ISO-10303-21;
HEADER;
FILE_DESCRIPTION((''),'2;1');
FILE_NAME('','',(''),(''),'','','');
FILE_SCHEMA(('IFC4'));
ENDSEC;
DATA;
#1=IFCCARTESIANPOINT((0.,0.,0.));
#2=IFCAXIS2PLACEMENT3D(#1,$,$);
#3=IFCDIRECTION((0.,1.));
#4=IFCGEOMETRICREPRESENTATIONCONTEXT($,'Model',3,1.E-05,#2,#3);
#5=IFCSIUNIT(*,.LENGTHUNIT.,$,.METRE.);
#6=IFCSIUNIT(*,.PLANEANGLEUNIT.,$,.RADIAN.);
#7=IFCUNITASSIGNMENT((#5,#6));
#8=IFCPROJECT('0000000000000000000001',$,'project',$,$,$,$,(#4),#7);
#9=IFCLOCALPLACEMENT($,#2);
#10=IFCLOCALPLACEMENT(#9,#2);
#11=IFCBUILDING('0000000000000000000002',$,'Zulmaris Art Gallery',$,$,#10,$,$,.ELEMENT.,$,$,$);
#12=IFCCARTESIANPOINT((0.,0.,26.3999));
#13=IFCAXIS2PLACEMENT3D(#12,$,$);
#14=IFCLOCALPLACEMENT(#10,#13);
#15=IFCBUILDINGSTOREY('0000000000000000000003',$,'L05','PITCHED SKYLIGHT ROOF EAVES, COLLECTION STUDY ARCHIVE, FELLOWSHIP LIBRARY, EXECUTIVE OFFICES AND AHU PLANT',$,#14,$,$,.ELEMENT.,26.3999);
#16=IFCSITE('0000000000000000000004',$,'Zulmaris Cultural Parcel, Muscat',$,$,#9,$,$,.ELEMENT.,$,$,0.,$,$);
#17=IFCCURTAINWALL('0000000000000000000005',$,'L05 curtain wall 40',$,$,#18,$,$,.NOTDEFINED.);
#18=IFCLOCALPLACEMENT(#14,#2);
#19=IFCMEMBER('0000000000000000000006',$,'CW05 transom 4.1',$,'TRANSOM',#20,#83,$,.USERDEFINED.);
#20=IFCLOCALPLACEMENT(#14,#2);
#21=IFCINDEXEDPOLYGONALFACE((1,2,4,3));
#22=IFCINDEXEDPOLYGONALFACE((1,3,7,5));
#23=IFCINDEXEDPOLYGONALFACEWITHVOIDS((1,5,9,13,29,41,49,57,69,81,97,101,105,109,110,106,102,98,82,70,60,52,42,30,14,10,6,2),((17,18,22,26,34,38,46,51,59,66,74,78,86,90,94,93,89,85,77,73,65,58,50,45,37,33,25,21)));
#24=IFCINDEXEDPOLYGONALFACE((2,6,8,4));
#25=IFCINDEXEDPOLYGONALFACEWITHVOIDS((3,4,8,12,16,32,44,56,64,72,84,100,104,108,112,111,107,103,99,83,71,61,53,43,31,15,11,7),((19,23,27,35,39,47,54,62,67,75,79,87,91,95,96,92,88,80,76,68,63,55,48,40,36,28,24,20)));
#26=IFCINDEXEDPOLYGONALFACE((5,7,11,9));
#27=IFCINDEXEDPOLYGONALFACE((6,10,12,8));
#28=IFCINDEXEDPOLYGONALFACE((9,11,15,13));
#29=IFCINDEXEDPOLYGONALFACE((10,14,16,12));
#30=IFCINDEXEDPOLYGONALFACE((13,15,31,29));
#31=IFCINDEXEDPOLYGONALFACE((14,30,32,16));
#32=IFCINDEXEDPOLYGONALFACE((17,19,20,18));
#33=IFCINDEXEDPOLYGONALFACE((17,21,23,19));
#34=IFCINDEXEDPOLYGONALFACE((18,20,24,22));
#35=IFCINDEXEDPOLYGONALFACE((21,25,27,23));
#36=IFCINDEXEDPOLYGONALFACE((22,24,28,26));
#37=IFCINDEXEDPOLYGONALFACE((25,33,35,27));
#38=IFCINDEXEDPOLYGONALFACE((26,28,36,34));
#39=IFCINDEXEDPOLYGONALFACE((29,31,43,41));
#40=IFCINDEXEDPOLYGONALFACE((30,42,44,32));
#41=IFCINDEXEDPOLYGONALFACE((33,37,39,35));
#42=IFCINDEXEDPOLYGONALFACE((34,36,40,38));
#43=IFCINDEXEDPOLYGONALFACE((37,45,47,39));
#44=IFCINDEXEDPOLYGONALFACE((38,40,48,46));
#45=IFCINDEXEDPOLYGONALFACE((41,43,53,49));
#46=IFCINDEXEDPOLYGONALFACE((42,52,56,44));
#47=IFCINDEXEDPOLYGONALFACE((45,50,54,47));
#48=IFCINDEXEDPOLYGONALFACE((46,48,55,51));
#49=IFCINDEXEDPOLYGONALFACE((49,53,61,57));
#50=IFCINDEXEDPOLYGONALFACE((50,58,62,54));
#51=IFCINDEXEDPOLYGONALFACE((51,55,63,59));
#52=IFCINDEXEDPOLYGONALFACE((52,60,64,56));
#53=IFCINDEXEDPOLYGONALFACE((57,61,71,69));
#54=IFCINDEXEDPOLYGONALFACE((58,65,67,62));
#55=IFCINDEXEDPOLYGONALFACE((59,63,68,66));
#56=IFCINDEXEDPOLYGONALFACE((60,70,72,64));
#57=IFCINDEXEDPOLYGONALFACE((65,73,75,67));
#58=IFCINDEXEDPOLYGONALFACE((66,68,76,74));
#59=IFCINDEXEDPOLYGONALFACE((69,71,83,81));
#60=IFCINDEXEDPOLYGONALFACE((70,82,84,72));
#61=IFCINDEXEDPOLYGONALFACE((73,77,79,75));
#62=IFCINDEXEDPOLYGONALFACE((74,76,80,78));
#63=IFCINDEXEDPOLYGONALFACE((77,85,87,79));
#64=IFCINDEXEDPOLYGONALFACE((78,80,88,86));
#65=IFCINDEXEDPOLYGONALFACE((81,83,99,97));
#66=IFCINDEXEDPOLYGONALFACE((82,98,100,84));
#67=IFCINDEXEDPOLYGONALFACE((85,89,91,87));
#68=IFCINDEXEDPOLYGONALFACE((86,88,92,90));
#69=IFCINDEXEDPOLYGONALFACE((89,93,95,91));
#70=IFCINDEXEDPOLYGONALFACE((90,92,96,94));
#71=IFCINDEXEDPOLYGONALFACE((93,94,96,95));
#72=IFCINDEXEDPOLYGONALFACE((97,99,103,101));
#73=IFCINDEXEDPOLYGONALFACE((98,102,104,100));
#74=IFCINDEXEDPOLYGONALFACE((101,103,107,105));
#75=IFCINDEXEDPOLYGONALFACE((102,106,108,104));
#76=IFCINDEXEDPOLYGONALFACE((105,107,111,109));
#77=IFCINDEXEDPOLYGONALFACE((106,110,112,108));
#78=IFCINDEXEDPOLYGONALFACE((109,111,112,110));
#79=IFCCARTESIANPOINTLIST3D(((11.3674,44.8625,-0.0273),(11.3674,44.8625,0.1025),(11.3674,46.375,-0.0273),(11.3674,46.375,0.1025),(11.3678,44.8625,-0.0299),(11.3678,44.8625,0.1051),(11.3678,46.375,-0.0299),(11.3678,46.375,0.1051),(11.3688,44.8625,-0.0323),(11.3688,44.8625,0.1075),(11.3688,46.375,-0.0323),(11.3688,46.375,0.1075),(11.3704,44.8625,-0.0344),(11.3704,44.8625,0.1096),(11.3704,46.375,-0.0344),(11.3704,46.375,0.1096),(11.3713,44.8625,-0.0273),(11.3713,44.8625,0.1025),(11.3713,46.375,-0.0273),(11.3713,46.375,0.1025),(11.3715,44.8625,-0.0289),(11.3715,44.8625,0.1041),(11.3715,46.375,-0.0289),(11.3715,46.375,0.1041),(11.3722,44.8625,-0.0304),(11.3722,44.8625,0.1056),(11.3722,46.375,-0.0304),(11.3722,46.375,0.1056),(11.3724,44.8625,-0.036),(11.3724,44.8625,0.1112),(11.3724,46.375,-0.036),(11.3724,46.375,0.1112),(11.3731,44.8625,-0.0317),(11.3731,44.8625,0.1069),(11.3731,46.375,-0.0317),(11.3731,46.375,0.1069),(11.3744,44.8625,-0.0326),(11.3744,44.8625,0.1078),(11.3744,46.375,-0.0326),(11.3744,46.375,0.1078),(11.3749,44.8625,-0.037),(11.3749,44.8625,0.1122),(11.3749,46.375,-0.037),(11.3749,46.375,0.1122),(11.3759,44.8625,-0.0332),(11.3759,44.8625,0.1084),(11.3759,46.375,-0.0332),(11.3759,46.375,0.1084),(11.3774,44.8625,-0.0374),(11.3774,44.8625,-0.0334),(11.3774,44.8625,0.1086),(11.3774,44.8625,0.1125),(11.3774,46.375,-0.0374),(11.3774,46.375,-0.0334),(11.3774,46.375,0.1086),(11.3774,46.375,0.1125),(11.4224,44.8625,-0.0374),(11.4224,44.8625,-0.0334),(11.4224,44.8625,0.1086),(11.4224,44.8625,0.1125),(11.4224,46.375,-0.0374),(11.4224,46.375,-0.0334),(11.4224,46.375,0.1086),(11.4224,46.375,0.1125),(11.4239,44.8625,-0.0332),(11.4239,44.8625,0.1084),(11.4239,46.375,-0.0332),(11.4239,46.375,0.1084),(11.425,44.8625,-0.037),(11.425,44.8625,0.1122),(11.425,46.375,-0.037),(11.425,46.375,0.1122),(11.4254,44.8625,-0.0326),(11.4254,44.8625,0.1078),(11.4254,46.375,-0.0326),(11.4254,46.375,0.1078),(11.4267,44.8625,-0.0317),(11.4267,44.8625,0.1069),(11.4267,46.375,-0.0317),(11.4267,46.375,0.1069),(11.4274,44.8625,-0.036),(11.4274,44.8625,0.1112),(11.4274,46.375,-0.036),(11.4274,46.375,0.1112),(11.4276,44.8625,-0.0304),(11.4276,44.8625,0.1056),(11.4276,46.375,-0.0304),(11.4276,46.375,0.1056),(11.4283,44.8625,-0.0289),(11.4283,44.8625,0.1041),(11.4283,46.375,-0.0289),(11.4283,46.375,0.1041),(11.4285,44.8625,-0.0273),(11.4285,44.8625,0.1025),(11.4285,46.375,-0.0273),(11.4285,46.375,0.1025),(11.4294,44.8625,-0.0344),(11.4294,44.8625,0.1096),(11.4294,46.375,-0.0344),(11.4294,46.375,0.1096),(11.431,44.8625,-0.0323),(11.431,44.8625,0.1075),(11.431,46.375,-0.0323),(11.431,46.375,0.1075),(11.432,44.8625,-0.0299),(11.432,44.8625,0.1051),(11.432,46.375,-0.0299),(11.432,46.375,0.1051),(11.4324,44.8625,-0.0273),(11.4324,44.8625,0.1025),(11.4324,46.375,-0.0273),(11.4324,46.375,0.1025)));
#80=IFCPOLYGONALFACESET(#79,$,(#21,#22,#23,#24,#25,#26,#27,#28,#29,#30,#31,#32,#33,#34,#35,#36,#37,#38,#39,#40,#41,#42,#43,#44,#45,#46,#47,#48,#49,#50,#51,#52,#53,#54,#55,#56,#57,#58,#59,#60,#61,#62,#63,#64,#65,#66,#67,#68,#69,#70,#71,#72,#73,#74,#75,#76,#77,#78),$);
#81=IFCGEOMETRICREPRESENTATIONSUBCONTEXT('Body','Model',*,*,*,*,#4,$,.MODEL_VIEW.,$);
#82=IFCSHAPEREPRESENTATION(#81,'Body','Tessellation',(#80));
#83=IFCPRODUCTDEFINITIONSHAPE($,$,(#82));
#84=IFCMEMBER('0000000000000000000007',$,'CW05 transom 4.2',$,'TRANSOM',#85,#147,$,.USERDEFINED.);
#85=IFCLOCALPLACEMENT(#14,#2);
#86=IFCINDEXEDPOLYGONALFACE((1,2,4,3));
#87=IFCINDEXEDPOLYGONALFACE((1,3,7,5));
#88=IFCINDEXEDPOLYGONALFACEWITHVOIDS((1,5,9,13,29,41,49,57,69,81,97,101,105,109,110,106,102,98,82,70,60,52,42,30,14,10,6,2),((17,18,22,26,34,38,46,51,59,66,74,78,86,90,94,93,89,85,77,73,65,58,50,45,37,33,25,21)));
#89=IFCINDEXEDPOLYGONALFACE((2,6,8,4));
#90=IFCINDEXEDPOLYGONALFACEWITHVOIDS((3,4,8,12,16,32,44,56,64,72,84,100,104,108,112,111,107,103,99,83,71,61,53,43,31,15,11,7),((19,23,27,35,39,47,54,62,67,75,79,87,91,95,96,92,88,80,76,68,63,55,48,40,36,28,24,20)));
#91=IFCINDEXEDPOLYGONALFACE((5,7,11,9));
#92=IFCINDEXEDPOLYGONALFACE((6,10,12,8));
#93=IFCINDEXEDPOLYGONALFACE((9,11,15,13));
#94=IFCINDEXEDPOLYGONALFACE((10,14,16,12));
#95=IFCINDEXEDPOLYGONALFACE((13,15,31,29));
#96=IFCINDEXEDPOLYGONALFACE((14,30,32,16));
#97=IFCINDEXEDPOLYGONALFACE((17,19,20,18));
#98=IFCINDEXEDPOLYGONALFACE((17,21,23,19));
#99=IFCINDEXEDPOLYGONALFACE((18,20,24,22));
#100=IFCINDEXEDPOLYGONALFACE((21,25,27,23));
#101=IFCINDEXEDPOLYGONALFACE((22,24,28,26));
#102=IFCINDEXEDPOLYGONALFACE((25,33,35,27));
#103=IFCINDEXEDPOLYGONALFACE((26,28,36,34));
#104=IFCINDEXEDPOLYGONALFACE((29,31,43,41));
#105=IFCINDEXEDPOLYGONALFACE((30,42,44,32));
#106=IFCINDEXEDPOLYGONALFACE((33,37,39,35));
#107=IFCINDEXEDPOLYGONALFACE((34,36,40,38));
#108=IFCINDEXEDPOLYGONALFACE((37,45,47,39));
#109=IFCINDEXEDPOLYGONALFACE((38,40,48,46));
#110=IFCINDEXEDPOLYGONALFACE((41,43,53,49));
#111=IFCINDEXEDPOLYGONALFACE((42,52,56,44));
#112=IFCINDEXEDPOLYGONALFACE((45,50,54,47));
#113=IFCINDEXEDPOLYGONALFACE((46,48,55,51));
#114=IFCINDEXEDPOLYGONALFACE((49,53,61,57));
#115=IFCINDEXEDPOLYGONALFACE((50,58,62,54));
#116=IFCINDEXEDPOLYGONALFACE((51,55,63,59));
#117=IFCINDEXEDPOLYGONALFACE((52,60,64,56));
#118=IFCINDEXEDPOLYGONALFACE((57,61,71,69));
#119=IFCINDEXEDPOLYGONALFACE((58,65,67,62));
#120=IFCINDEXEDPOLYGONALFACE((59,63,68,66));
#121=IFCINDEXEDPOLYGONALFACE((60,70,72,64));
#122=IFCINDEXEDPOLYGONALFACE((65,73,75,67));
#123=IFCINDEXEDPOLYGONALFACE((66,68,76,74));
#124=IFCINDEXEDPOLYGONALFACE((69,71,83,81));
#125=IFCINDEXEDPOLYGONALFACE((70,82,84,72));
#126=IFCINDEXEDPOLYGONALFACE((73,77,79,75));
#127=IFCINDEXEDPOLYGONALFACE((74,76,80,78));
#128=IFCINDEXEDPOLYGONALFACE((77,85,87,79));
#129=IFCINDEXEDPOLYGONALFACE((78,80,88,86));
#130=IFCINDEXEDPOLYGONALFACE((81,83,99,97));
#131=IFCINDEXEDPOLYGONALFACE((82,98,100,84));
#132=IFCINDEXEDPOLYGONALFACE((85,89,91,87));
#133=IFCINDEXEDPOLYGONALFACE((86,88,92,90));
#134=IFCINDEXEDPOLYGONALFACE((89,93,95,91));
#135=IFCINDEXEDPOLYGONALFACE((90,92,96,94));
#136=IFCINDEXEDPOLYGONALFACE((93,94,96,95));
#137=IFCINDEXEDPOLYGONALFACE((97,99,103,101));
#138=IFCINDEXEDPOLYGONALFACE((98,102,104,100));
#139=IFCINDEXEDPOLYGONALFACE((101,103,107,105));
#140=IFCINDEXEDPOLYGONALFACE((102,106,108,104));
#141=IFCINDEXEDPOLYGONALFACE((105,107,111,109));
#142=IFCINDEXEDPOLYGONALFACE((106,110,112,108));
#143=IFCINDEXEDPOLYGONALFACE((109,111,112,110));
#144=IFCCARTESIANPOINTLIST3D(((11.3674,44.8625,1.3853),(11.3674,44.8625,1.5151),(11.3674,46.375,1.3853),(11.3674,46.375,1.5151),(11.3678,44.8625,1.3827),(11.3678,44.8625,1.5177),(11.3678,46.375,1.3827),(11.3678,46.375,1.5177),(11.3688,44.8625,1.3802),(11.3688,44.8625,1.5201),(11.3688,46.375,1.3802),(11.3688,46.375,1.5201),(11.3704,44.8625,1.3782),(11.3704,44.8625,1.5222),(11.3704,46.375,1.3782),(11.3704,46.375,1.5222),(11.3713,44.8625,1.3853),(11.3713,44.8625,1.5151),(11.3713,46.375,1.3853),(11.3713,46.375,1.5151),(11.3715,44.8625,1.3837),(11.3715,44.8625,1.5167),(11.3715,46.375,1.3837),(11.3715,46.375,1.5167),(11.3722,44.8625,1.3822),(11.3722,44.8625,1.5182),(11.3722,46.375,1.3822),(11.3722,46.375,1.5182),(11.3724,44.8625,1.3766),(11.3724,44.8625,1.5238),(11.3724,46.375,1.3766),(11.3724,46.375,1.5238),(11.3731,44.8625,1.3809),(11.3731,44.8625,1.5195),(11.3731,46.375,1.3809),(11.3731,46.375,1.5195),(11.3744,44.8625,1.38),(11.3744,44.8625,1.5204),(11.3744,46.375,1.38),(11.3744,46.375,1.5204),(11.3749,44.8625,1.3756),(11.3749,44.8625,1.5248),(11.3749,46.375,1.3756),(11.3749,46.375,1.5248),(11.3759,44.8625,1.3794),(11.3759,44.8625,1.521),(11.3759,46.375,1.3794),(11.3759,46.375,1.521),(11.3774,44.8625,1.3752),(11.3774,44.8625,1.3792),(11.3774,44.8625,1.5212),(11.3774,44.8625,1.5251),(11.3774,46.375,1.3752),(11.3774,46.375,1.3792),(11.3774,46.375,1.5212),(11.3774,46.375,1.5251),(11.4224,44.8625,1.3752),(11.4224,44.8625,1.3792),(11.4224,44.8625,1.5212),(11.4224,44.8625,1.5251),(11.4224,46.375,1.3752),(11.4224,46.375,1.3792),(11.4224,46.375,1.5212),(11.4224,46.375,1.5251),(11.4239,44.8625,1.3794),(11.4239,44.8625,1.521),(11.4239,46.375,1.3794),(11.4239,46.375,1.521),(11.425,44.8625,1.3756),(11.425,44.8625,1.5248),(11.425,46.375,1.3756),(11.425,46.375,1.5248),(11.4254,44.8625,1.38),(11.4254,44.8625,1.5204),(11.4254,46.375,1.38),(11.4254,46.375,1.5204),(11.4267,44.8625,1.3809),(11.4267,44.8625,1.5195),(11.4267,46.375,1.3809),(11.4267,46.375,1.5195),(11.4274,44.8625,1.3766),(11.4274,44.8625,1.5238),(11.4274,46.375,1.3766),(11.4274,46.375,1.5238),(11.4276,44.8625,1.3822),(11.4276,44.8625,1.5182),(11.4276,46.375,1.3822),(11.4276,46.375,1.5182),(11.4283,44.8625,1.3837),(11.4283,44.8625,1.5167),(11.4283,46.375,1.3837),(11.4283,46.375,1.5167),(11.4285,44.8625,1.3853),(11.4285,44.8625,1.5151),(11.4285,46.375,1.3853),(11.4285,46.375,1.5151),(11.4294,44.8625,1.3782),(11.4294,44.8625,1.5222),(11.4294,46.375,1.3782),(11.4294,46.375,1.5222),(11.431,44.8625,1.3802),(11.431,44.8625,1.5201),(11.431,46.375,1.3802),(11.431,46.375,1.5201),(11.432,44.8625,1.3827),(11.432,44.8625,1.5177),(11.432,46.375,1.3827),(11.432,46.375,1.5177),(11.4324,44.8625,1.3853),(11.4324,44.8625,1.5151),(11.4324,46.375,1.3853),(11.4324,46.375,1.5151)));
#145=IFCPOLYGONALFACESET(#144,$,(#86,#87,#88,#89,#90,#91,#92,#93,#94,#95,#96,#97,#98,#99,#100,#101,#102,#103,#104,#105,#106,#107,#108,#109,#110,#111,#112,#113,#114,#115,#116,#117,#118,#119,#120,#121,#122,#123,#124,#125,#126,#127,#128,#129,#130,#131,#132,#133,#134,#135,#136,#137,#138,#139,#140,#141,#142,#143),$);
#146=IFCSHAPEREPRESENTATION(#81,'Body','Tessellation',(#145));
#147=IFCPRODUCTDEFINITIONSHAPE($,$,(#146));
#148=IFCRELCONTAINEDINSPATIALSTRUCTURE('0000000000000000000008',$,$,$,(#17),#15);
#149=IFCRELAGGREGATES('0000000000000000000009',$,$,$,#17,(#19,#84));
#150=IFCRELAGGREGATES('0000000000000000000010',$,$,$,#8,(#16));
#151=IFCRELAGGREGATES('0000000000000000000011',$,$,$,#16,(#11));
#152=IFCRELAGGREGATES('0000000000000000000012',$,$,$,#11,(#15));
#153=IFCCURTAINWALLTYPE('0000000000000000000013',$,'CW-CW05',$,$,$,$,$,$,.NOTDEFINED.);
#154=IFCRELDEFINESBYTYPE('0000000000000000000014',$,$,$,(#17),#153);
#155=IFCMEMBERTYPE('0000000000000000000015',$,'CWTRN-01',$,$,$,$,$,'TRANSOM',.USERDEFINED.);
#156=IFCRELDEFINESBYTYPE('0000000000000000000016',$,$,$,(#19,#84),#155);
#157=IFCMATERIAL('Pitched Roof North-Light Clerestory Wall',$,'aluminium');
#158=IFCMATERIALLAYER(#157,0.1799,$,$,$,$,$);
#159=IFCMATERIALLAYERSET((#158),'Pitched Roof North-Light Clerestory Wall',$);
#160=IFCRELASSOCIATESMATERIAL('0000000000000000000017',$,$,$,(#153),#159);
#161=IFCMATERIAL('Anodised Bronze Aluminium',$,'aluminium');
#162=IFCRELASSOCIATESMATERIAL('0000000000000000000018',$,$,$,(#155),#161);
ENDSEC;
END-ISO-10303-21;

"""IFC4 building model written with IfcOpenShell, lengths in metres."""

from ifc_helpers import new_model, si_unit, direction, frame, origin, origin_2d, place, context, subcontext, project, spatial, hollow_rectangle, extrude, material, layer, layer_set, material_profile, profile_set, type_object, element, aggregate, save


model = new_model("IFC4")

# Units and contexts
model_context = context("Model", 3, precision=1e-05, world=origin(), true_north=direction((0.0, 1.0)))
body_context = subcontext(model_context, "Body", "Model", "MODEL_VIEW")
ifc_project = project(units=[si_unit("LENGTHUNIT", "METRE"), si_unit("PLANEANGLEUNIT", "RADIAN")], contexts=[model_context])

# Site, building, storey
site_placement = place(None, origin())
site = spatial("IfcSite", under=ifc_project, at=site_placement, Name="Zulmaris Cultural Parcel, Muscat", CompositionType="ELEMENT", RefElevation=0.0)
building_placement = place(site_placement, origin())
building = spatial("IfcBuilding", under=site, at=building_placement, Name="Zulmaris Art Gallery", CompositionType="ELEMENT")
storey_placement = place(building_placement, frame((0.0, 0.0, 26.3999)))
storey = spatial("IfcBuildingStorey", under=building, at=storey_placement, Name="L05", Description="PITCHED SKYLIGHT ROOF EAVES, COLLECTION STUDY ARCHIVE, FELLOWSHIP LIBRARY, EXECUTIVE OFFICES AND AHU PLANT", CompositionType="ELEMENT", Elevation=26.3999)

# Curtain wall, members
ifc_material_1 = material(Name="Pitched Roof North-Light Clerestory Wall", Category="aluminium")
ifc_layer_1 = layer(ifc_material_1, 0.1799)
ifc_layer_set_1 = layer_set([ifc_layer_1], Name="Pitched Roof North-Light Clerestory Wall")
curtain_wall_type = type_object("IfcCurtainWallType", Name="CW-CW05", PredefinedType="NOTDEFINED", material=ifc_layer_set_1)
curtain_wall_placement = place(storey_placement, origin())
curtain_wall = element("IfcCurtainWall", 1, at=curtain_wall_placement, inside=storey, type_object=curtain_wall_type, Name="L05 curtain wall 40", PredefinedType="NOTDEFINED")
ifc_material_2 = material(Name="Anodised Bronze Aluminium", Category="aluminium")
ifc_material_profile_1 = material_profile(ifc_material_2, hollow_rectangle(XDim=0.0649, YDim=0.1499, WallThickness=0.0039, InnerFilletRadius=0.0061, OuterFilletRadius=0.01, at=origin_2d()), Name="ALU 65x150x4")
ifc_profile_set_1 = profile_set([ifc_material_profile_1], Name="Anodised Bronze Aluminium")
member_type_1 = type_object("IfcMemberType", Name="CWTRN-01", ElementType="TRANSOM", PredefinedType="USERDEFINED", material=ifc_profile_set_1)
member_1_placement = place(storey_placement, frame((11.3999, 44.8625, 0.0376), z_axis=(0.0, 1.0, 0.0), x_axis=(-1.0, 0.0, 0.0)))
member_1 = element("IfcMember", 2, at=member_1_placement, type_object=member_type_1, Name="CW05 transom 4.1", ObjectType="TRANSOM", PredefinedType="USERDEFINED", context=body_context, shape_type="SweptSolid", body=[
    extrude(hollow_rectangle(XDim=0.0649, YDim=0.1499, WallThickness=0.0039, InnerFilletRadius=0.0061, OuterFilletRadius=0.01, at=origin_2d()), origin(), (0.0, 0.0, 1.0), 1.5125),
])
member_2_placement = place(storey_placement, frame((11.3999, 44.8625, 1.4502), z_axis=(0.0, 1.0, 0.0), x_axis=(-1.0, 0.0, 0.0)))
member_2 = element("IfcMember", 3, at=member_2_placement, type_object=member_type_1, Name="CW05 transom 4.2", ObjectType="TRANSOM", PredefinedType="USERDEFINED", context=body_context, shape_type="SweptSolid", body=[
    extrude(hollow_rectangle(XDim=0.0649, YDim=0.1499, WallThickness=0.0039, InnerFilletRadius=0.0061, OuterFilletRadius=0.01, at=origin_2d()), origin(), (0.0, 0.0, 1.0), 1.5125),
])

aggregate(curtain_wall, [member_1, member_2])

save(model, "model.ifc")
